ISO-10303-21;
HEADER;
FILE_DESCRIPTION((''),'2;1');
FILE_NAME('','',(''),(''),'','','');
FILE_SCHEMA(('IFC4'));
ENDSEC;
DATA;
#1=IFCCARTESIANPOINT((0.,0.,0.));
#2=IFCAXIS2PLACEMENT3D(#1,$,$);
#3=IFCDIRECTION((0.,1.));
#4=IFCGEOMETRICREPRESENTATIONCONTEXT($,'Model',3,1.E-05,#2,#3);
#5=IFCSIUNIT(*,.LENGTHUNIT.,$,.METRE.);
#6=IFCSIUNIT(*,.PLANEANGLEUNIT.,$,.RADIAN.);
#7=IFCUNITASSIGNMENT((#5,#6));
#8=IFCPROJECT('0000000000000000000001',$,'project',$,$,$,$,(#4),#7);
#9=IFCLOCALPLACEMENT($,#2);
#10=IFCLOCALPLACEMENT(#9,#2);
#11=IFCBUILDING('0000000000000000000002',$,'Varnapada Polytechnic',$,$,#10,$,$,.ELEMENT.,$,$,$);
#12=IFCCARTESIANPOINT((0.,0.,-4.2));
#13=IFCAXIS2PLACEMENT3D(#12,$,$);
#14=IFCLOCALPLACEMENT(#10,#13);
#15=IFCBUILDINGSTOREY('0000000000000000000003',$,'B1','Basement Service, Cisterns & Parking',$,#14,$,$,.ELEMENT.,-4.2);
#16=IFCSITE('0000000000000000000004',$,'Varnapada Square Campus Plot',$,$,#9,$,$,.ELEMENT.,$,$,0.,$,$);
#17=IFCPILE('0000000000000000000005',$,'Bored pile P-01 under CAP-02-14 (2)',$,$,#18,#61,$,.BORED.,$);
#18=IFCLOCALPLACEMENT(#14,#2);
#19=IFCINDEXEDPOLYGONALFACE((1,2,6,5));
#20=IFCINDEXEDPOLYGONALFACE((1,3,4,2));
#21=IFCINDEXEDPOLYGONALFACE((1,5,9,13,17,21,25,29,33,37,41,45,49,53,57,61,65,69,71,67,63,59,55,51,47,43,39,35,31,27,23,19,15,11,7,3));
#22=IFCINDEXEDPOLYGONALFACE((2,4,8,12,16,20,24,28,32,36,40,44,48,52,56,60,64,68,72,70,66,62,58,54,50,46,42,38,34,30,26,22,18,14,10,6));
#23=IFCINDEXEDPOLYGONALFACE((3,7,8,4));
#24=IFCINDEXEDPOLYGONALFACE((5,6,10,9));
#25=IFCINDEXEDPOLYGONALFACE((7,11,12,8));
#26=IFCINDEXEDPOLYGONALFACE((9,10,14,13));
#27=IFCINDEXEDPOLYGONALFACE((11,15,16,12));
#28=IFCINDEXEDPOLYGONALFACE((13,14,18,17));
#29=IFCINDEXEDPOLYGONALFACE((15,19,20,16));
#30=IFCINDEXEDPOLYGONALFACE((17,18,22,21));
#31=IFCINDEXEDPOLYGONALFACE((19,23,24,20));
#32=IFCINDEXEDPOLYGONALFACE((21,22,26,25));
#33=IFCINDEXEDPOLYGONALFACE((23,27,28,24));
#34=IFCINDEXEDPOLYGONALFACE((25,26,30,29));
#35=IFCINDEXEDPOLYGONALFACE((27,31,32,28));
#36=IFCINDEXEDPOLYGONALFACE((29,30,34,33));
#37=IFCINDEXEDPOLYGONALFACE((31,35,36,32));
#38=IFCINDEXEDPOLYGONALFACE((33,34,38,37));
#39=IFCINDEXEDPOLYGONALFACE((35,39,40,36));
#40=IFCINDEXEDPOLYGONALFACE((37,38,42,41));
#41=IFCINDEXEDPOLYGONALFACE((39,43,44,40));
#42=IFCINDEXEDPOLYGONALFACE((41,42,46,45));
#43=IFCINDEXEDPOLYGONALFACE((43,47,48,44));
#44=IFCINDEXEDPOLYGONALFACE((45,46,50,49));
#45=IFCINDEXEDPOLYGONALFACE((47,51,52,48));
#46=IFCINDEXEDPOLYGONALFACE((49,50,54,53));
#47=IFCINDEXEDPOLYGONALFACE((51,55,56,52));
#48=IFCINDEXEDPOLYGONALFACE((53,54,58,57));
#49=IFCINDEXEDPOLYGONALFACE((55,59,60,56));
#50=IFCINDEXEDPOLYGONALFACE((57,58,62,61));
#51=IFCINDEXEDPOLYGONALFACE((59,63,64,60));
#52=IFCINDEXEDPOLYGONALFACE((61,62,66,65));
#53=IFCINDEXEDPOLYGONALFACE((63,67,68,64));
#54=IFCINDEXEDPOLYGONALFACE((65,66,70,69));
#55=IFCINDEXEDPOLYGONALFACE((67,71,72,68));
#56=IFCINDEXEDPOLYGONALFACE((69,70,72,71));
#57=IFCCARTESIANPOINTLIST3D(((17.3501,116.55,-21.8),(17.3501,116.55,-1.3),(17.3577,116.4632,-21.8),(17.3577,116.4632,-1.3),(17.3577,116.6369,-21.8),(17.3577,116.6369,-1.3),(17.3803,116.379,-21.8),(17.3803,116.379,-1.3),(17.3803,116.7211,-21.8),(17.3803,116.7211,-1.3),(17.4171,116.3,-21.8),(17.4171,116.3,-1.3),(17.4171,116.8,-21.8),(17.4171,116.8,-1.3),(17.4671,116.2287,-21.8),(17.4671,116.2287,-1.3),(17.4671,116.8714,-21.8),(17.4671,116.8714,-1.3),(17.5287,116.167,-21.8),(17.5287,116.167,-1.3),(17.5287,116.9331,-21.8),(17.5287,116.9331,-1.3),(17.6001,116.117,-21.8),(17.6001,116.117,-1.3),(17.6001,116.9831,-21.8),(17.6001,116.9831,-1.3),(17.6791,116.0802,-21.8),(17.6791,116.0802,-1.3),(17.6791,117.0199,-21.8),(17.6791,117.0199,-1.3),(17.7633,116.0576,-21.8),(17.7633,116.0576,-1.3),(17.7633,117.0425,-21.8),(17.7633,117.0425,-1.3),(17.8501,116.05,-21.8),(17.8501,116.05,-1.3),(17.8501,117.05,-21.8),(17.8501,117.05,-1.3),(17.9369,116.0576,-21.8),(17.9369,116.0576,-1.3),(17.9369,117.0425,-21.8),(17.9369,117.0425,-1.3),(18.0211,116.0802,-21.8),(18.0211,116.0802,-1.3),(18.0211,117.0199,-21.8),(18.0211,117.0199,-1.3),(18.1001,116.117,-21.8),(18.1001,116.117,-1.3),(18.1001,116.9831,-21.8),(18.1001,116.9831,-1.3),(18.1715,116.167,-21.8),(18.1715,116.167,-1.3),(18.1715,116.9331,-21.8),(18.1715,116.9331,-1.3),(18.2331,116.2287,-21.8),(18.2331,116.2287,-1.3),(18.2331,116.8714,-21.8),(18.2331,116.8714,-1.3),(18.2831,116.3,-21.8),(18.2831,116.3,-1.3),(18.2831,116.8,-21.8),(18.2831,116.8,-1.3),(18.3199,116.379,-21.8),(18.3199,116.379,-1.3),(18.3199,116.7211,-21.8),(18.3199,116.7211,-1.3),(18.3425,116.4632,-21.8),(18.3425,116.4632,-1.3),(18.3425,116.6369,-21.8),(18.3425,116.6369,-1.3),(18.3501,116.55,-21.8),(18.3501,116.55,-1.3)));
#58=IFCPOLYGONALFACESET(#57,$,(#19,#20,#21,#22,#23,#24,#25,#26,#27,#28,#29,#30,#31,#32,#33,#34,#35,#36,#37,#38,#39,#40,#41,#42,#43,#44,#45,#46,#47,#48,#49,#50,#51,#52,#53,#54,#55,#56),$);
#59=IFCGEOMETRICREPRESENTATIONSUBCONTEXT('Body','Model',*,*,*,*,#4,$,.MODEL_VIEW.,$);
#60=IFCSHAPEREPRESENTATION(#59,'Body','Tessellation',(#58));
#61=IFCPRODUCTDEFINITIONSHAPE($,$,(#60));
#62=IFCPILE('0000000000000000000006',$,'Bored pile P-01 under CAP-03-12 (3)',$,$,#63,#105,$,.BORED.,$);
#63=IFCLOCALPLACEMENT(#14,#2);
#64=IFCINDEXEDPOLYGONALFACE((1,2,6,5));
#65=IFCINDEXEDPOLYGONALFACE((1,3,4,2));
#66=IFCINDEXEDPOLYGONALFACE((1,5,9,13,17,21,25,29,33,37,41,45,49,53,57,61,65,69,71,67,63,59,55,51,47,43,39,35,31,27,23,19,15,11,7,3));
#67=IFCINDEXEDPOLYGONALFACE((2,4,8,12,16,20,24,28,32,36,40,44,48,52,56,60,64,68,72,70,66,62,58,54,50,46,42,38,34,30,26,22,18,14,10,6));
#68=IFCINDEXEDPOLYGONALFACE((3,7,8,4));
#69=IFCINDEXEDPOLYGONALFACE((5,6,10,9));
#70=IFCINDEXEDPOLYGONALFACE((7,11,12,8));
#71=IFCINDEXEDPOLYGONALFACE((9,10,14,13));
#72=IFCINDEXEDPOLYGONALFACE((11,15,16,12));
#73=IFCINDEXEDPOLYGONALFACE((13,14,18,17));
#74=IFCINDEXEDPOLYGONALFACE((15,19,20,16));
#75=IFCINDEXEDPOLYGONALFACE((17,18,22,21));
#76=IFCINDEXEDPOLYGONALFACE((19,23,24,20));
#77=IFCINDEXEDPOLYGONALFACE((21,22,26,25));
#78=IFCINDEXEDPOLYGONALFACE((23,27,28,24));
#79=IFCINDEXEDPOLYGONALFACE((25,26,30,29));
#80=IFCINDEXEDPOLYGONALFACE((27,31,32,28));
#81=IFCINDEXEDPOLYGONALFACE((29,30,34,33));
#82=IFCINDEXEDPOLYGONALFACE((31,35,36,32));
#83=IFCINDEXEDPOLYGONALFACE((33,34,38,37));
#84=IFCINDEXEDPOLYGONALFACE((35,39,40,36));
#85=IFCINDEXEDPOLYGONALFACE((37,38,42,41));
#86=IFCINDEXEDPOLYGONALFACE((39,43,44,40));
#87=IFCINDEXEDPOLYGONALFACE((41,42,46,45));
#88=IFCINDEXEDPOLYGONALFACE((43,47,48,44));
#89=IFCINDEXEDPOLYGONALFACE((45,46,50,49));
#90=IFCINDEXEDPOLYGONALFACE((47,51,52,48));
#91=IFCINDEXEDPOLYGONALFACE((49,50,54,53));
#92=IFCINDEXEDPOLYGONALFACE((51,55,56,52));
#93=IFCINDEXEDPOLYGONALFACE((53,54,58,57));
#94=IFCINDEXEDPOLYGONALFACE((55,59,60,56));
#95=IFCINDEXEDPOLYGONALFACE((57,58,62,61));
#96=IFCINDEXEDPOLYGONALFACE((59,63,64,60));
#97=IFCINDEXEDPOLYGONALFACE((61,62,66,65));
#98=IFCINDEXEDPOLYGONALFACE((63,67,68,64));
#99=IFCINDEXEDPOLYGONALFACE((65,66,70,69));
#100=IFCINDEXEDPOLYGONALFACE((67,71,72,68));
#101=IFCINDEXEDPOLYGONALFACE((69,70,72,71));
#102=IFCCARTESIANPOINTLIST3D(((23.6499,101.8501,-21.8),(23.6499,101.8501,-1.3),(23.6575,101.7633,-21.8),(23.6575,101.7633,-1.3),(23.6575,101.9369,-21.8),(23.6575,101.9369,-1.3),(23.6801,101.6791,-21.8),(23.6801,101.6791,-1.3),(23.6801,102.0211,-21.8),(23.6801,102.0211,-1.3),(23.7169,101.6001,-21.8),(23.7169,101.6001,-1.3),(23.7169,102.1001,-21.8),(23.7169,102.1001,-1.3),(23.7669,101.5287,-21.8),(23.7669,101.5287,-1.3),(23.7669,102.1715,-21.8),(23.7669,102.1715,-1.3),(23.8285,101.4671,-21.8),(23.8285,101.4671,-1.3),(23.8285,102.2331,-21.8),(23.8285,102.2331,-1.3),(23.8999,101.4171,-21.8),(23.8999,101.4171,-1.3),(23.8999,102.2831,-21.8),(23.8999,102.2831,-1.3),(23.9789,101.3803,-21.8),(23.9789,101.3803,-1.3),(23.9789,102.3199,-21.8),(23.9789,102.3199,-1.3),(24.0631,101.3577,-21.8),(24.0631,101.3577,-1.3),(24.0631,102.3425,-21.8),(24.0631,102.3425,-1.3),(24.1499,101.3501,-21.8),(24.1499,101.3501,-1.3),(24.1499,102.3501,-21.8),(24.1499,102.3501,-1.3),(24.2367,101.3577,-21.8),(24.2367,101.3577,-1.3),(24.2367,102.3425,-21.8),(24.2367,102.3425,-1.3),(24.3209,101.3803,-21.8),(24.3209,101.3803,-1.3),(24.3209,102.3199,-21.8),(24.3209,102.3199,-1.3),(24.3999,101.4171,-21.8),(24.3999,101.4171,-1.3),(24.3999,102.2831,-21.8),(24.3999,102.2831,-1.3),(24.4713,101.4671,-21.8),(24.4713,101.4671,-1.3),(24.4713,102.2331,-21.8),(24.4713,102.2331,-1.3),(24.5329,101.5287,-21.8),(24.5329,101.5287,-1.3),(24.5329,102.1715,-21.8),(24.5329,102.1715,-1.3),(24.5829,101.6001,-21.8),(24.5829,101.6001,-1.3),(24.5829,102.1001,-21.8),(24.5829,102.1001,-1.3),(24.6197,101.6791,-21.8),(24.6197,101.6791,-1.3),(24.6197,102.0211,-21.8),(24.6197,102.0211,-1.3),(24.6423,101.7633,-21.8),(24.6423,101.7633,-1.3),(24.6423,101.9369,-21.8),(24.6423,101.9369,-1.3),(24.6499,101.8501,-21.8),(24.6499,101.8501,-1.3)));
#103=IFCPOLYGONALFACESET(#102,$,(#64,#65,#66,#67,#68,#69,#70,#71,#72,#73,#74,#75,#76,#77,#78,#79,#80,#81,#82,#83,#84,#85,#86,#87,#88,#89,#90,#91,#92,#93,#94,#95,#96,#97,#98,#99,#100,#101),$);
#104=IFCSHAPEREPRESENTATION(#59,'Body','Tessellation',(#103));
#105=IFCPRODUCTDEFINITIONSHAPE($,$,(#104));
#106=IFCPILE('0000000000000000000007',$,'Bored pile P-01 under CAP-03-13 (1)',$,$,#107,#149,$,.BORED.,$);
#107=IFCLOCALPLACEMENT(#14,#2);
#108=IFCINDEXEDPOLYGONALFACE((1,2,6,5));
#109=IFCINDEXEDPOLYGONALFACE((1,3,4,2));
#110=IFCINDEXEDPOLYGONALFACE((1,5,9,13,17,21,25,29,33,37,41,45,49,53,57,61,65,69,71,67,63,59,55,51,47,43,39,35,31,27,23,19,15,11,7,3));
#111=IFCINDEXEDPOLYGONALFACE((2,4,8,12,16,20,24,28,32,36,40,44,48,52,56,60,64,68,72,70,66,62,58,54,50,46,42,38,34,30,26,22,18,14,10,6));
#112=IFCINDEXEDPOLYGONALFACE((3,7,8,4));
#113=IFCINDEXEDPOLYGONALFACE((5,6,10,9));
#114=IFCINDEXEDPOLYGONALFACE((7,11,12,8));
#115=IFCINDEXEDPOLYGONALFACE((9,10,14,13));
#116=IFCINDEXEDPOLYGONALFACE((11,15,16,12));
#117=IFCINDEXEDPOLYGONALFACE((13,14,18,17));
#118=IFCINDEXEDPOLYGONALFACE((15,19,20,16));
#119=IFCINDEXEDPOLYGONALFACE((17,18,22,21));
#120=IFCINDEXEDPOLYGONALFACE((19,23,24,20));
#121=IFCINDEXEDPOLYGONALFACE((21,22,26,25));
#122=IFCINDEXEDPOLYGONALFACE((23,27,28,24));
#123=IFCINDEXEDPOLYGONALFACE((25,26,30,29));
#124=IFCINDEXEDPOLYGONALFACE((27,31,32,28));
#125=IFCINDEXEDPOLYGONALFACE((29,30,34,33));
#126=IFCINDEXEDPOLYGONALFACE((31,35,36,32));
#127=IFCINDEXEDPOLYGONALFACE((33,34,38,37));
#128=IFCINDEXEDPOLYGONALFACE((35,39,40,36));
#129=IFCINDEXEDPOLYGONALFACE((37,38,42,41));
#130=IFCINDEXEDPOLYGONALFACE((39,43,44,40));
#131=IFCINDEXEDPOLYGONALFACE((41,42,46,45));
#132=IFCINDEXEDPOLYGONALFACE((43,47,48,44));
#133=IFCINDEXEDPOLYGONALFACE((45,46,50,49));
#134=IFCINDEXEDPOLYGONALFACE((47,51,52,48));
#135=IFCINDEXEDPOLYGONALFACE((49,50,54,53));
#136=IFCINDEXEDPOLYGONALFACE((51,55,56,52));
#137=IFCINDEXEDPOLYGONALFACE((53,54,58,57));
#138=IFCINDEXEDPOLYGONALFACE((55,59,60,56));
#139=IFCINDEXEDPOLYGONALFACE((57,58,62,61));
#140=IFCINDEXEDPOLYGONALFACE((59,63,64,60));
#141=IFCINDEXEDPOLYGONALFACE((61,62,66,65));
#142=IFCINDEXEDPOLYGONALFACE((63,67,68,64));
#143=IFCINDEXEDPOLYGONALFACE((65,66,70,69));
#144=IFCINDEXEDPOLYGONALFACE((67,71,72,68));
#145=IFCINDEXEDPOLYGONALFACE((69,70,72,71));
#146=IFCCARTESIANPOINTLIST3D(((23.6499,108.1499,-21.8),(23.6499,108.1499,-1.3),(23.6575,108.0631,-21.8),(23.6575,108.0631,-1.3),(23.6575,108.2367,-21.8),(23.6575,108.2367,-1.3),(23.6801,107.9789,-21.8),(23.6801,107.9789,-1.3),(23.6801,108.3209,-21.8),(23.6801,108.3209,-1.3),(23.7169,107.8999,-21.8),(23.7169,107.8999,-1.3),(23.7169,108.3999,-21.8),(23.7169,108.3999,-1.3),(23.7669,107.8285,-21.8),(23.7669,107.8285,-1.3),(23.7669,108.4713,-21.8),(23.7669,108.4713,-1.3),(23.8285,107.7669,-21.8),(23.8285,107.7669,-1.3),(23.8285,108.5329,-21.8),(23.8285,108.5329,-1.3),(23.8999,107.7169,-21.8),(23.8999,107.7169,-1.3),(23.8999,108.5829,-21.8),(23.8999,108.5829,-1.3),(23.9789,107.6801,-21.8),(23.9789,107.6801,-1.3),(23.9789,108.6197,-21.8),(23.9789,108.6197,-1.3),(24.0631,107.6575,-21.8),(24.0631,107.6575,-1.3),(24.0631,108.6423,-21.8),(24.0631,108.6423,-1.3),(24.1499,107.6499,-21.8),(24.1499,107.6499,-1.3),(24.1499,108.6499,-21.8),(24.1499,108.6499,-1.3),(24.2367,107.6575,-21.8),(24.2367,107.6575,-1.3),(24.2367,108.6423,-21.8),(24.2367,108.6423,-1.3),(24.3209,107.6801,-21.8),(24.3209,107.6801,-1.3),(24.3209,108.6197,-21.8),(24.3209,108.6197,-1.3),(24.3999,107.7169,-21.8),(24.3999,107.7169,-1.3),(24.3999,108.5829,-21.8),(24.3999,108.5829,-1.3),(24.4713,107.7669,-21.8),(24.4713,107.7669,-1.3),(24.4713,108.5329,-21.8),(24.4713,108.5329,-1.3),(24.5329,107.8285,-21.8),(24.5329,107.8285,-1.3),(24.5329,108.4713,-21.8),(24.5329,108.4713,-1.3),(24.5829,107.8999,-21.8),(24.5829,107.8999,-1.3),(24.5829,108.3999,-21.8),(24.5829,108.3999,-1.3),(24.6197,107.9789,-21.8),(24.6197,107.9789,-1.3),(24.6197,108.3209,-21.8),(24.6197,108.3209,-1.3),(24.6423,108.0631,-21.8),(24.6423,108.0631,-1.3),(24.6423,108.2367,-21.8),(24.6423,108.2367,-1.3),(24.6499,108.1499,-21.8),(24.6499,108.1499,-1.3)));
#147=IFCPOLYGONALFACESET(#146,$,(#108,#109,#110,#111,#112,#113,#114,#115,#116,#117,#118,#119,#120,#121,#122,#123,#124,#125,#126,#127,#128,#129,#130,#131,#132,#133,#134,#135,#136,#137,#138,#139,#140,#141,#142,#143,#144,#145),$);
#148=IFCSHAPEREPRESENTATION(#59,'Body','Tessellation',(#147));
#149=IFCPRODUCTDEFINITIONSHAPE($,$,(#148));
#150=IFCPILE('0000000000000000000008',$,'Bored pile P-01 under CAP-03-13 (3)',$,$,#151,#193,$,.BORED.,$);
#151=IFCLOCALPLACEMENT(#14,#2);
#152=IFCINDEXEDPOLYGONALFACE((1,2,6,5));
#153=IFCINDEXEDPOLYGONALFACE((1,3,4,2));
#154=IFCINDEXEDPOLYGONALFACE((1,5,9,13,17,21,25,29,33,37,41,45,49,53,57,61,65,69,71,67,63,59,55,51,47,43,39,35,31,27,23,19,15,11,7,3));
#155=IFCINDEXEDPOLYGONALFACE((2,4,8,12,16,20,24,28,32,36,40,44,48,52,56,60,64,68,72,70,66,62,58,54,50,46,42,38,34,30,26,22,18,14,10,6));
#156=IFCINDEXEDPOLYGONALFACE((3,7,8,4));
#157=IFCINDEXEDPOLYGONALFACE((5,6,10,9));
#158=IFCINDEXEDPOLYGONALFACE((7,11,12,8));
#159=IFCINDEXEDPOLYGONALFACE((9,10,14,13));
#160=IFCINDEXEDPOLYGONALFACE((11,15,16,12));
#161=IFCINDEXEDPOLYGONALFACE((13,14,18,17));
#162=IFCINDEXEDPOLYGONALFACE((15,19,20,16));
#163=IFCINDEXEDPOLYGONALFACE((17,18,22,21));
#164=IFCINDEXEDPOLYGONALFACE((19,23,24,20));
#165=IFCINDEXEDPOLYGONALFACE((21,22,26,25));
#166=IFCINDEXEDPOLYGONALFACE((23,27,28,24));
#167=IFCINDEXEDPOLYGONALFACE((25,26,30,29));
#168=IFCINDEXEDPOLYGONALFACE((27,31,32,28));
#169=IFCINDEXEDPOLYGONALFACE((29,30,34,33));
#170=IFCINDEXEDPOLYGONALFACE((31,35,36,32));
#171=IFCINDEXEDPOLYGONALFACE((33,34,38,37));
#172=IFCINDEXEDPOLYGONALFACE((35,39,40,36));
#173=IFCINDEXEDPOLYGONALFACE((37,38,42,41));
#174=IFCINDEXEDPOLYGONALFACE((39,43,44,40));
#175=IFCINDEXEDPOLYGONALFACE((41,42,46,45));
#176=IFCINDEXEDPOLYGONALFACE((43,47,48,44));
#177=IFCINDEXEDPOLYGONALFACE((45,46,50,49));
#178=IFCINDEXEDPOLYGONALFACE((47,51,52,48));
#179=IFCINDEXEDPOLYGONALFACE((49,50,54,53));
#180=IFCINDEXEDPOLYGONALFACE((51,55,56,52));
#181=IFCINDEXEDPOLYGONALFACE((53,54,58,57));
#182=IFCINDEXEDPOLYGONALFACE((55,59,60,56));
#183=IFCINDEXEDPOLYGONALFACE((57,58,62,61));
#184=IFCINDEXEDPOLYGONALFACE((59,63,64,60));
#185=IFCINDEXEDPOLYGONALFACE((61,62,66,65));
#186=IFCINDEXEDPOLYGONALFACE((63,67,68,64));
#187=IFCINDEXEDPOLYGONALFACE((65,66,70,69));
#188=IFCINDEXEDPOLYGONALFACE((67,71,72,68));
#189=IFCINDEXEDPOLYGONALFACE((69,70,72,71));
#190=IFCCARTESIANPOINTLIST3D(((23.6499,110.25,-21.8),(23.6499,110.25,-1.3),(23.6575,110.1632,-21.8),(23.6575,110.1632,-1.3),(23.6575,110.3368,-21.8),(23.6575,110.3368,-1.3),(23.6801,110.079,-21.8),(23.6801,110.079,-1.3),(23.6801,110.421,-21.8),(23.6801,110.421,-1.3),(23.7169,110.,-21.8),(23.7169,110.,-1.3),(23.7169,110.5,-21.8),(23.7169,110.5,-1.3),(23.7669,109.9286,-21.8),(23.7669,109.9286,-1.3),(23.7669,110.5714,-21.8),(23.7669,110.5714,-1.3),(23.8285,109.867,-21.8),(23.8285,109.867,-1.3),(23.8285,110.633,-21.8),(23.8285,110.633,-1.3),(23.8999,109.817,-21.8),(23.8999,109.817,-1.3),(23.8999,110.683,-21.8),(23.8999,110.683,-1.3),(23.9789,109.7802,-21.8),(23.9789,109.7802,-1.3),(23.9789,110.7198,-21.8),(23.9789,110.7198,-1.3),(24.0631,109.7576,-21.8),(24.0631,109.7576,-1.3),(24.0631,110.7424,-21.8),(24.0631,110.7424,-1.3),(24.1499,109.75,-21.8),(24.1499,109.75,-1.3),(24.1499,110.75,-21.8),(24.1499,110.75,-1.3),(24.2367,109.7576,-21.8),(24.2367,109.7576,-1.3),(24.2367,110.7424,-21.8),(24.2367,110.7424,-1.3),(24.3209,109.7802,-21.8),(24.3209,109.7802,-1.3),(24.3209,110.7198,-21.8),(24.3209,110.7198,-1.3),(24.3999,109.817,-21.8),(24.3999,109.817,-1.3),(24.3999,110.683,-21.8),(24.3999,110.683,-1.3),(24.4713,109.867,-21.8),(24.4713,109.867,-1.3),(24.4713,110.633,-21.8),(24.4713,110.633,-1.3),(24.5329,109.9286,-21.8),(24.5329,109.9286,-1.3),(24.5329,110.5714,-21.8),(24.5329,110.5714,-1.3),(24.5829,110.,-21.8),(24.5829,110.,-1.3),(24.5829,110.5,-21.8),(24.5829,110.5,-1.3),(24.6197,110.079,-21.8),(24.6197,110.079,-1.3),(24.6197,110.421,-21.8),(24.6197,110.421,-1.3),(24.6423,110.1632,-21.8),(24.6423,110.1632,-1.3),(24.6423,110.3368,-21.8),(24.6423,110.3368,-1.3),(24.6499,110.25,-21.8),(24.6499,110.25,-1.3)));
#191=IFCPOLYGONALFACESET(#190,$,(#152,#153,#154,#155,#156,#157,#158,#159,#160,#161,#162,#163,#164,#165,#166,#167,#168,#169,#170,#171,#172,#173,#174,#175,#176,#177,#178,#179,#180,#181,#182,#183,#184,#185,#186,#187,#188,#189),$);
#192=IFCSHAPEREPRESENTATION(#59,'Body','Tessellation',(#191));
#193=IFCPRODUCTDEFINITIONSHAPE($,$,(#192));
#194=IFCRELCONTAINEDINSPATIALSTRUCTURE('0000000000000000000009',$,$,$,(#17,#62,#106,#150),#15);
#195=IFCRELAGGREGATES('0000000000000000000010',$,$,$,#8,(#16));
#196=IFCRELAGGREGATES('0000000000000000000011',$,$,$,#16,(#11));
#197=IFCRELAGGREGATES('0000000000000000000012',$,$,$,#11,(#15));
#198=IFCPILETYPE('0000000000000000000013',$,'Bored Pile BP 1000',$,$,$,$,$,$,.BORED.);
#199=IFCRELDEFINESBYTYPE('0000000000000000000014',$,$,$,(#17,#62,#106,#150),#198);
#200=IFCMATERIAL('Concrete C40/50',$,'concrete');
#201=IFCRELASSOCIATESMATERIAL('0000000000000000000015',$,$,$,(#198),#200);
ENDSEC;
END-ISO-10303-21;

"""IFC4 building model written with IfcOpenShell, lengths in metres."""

from ifc_helpers import new_model, si_unit, direction, frame, origin, origin_2d, place, context, subcontext, project, spatial, circle, extrude, material, material_profile, profile_set, type_object, element, save


model = new_model("IFC4")

# Units and contexts
model_context = context("Model", 3, precision=1e-05, world=origin(), true_north=direction((0.0, 1.0)))
body_context = subcontext(model_context, "Body", "Model", "MODEL_VIEW")
ifc_project = project(units=[si_unit("LENGTHUNIT", "METRE"), si_unit("PLANEANGLEUNIT", "RADIAN")], contexts=[model_context])

# Site, building, storey
site_placement = place(None, origin())
site = spatial("IfcSite", under=ifc_project, at=site_placement, Name="Varnapada Square Campus Plot", CompositionType="ELEMENT", RefElevation=0.0)
building_placement = place(site_placement, origin())
building = spatial("IfcBuilding", under=site, at=building_placement, Name="Varnapada Polytechnic", CompositionType="ELEMENT")
storey_placement = place(building_placement, frame((0.0, 0.0, -4.2)))
storey = spatial("IfcBuildingStorey", under=building, at=storey_placement, Name="B1", Description="Basement Service, Cisterns & Parking", CompositionType="ELEMENT", Elevation=-4.2)

# Piles
ifc_material_1 = material(Name="Concrete C40/50", Category="concrete")
ifc_material_profile_1 = material_profile(ifc_material_1, circle(Radius=0.5, at=origin_2d()), Name="BP 1000")
ifc_profile_set_1 = profile_set([ifc_material_profile_1], Name="Concrete C40/50")
pile_type_1 = type_object("IfcPileType", Name="Bored Pile BP 1000", PredefinedType="BORED", material=ifc_profile_set_1)
for number, where, z_axis, x_axis, name in (
    (1, (17.8501, 116.55, -1.3), (0.0, 0.0, -1.0), (1.0, 0.0, 0.0), "Bored pile P-01 under CAP-02-14 (2)"),
    (2, (24.1499, 101.8501, -1.3), (0.0, 0.0, -1.0), (1.0, 0.0, 0.0), "Bored pile P-01 under CAP-03-12 (3)"),
    (3, (24.1499, 108.1499, -1.3), (0.0, 0.0, -1.0), (1.0, 0.0, 0.0), "Bored pile P-01 under CAP-03-13 (1)"),
    (4, (24.1499, 110.25, -1.3), (0.0, 0.0, -1.0), (1.0, 0.0, 0.0), "Bored pile P-01 under CAP-03-13 (3)"),
):
    element("IfcPile", number, at=place(storey_placement, frame(where, z_axis=z_axis, x_axis=x_axis)), inside=storey, type_object=pile_type_1, Name=name, PredefinedType="BORED", context=body_context, shape_type="SweptSolid", body=[
        extrude(circle(Radius=0.5, at=origin_2d()), origin(), (0.0, 0.0, 1.0), 20.5),
    ])

save(model, "model.ifc")
